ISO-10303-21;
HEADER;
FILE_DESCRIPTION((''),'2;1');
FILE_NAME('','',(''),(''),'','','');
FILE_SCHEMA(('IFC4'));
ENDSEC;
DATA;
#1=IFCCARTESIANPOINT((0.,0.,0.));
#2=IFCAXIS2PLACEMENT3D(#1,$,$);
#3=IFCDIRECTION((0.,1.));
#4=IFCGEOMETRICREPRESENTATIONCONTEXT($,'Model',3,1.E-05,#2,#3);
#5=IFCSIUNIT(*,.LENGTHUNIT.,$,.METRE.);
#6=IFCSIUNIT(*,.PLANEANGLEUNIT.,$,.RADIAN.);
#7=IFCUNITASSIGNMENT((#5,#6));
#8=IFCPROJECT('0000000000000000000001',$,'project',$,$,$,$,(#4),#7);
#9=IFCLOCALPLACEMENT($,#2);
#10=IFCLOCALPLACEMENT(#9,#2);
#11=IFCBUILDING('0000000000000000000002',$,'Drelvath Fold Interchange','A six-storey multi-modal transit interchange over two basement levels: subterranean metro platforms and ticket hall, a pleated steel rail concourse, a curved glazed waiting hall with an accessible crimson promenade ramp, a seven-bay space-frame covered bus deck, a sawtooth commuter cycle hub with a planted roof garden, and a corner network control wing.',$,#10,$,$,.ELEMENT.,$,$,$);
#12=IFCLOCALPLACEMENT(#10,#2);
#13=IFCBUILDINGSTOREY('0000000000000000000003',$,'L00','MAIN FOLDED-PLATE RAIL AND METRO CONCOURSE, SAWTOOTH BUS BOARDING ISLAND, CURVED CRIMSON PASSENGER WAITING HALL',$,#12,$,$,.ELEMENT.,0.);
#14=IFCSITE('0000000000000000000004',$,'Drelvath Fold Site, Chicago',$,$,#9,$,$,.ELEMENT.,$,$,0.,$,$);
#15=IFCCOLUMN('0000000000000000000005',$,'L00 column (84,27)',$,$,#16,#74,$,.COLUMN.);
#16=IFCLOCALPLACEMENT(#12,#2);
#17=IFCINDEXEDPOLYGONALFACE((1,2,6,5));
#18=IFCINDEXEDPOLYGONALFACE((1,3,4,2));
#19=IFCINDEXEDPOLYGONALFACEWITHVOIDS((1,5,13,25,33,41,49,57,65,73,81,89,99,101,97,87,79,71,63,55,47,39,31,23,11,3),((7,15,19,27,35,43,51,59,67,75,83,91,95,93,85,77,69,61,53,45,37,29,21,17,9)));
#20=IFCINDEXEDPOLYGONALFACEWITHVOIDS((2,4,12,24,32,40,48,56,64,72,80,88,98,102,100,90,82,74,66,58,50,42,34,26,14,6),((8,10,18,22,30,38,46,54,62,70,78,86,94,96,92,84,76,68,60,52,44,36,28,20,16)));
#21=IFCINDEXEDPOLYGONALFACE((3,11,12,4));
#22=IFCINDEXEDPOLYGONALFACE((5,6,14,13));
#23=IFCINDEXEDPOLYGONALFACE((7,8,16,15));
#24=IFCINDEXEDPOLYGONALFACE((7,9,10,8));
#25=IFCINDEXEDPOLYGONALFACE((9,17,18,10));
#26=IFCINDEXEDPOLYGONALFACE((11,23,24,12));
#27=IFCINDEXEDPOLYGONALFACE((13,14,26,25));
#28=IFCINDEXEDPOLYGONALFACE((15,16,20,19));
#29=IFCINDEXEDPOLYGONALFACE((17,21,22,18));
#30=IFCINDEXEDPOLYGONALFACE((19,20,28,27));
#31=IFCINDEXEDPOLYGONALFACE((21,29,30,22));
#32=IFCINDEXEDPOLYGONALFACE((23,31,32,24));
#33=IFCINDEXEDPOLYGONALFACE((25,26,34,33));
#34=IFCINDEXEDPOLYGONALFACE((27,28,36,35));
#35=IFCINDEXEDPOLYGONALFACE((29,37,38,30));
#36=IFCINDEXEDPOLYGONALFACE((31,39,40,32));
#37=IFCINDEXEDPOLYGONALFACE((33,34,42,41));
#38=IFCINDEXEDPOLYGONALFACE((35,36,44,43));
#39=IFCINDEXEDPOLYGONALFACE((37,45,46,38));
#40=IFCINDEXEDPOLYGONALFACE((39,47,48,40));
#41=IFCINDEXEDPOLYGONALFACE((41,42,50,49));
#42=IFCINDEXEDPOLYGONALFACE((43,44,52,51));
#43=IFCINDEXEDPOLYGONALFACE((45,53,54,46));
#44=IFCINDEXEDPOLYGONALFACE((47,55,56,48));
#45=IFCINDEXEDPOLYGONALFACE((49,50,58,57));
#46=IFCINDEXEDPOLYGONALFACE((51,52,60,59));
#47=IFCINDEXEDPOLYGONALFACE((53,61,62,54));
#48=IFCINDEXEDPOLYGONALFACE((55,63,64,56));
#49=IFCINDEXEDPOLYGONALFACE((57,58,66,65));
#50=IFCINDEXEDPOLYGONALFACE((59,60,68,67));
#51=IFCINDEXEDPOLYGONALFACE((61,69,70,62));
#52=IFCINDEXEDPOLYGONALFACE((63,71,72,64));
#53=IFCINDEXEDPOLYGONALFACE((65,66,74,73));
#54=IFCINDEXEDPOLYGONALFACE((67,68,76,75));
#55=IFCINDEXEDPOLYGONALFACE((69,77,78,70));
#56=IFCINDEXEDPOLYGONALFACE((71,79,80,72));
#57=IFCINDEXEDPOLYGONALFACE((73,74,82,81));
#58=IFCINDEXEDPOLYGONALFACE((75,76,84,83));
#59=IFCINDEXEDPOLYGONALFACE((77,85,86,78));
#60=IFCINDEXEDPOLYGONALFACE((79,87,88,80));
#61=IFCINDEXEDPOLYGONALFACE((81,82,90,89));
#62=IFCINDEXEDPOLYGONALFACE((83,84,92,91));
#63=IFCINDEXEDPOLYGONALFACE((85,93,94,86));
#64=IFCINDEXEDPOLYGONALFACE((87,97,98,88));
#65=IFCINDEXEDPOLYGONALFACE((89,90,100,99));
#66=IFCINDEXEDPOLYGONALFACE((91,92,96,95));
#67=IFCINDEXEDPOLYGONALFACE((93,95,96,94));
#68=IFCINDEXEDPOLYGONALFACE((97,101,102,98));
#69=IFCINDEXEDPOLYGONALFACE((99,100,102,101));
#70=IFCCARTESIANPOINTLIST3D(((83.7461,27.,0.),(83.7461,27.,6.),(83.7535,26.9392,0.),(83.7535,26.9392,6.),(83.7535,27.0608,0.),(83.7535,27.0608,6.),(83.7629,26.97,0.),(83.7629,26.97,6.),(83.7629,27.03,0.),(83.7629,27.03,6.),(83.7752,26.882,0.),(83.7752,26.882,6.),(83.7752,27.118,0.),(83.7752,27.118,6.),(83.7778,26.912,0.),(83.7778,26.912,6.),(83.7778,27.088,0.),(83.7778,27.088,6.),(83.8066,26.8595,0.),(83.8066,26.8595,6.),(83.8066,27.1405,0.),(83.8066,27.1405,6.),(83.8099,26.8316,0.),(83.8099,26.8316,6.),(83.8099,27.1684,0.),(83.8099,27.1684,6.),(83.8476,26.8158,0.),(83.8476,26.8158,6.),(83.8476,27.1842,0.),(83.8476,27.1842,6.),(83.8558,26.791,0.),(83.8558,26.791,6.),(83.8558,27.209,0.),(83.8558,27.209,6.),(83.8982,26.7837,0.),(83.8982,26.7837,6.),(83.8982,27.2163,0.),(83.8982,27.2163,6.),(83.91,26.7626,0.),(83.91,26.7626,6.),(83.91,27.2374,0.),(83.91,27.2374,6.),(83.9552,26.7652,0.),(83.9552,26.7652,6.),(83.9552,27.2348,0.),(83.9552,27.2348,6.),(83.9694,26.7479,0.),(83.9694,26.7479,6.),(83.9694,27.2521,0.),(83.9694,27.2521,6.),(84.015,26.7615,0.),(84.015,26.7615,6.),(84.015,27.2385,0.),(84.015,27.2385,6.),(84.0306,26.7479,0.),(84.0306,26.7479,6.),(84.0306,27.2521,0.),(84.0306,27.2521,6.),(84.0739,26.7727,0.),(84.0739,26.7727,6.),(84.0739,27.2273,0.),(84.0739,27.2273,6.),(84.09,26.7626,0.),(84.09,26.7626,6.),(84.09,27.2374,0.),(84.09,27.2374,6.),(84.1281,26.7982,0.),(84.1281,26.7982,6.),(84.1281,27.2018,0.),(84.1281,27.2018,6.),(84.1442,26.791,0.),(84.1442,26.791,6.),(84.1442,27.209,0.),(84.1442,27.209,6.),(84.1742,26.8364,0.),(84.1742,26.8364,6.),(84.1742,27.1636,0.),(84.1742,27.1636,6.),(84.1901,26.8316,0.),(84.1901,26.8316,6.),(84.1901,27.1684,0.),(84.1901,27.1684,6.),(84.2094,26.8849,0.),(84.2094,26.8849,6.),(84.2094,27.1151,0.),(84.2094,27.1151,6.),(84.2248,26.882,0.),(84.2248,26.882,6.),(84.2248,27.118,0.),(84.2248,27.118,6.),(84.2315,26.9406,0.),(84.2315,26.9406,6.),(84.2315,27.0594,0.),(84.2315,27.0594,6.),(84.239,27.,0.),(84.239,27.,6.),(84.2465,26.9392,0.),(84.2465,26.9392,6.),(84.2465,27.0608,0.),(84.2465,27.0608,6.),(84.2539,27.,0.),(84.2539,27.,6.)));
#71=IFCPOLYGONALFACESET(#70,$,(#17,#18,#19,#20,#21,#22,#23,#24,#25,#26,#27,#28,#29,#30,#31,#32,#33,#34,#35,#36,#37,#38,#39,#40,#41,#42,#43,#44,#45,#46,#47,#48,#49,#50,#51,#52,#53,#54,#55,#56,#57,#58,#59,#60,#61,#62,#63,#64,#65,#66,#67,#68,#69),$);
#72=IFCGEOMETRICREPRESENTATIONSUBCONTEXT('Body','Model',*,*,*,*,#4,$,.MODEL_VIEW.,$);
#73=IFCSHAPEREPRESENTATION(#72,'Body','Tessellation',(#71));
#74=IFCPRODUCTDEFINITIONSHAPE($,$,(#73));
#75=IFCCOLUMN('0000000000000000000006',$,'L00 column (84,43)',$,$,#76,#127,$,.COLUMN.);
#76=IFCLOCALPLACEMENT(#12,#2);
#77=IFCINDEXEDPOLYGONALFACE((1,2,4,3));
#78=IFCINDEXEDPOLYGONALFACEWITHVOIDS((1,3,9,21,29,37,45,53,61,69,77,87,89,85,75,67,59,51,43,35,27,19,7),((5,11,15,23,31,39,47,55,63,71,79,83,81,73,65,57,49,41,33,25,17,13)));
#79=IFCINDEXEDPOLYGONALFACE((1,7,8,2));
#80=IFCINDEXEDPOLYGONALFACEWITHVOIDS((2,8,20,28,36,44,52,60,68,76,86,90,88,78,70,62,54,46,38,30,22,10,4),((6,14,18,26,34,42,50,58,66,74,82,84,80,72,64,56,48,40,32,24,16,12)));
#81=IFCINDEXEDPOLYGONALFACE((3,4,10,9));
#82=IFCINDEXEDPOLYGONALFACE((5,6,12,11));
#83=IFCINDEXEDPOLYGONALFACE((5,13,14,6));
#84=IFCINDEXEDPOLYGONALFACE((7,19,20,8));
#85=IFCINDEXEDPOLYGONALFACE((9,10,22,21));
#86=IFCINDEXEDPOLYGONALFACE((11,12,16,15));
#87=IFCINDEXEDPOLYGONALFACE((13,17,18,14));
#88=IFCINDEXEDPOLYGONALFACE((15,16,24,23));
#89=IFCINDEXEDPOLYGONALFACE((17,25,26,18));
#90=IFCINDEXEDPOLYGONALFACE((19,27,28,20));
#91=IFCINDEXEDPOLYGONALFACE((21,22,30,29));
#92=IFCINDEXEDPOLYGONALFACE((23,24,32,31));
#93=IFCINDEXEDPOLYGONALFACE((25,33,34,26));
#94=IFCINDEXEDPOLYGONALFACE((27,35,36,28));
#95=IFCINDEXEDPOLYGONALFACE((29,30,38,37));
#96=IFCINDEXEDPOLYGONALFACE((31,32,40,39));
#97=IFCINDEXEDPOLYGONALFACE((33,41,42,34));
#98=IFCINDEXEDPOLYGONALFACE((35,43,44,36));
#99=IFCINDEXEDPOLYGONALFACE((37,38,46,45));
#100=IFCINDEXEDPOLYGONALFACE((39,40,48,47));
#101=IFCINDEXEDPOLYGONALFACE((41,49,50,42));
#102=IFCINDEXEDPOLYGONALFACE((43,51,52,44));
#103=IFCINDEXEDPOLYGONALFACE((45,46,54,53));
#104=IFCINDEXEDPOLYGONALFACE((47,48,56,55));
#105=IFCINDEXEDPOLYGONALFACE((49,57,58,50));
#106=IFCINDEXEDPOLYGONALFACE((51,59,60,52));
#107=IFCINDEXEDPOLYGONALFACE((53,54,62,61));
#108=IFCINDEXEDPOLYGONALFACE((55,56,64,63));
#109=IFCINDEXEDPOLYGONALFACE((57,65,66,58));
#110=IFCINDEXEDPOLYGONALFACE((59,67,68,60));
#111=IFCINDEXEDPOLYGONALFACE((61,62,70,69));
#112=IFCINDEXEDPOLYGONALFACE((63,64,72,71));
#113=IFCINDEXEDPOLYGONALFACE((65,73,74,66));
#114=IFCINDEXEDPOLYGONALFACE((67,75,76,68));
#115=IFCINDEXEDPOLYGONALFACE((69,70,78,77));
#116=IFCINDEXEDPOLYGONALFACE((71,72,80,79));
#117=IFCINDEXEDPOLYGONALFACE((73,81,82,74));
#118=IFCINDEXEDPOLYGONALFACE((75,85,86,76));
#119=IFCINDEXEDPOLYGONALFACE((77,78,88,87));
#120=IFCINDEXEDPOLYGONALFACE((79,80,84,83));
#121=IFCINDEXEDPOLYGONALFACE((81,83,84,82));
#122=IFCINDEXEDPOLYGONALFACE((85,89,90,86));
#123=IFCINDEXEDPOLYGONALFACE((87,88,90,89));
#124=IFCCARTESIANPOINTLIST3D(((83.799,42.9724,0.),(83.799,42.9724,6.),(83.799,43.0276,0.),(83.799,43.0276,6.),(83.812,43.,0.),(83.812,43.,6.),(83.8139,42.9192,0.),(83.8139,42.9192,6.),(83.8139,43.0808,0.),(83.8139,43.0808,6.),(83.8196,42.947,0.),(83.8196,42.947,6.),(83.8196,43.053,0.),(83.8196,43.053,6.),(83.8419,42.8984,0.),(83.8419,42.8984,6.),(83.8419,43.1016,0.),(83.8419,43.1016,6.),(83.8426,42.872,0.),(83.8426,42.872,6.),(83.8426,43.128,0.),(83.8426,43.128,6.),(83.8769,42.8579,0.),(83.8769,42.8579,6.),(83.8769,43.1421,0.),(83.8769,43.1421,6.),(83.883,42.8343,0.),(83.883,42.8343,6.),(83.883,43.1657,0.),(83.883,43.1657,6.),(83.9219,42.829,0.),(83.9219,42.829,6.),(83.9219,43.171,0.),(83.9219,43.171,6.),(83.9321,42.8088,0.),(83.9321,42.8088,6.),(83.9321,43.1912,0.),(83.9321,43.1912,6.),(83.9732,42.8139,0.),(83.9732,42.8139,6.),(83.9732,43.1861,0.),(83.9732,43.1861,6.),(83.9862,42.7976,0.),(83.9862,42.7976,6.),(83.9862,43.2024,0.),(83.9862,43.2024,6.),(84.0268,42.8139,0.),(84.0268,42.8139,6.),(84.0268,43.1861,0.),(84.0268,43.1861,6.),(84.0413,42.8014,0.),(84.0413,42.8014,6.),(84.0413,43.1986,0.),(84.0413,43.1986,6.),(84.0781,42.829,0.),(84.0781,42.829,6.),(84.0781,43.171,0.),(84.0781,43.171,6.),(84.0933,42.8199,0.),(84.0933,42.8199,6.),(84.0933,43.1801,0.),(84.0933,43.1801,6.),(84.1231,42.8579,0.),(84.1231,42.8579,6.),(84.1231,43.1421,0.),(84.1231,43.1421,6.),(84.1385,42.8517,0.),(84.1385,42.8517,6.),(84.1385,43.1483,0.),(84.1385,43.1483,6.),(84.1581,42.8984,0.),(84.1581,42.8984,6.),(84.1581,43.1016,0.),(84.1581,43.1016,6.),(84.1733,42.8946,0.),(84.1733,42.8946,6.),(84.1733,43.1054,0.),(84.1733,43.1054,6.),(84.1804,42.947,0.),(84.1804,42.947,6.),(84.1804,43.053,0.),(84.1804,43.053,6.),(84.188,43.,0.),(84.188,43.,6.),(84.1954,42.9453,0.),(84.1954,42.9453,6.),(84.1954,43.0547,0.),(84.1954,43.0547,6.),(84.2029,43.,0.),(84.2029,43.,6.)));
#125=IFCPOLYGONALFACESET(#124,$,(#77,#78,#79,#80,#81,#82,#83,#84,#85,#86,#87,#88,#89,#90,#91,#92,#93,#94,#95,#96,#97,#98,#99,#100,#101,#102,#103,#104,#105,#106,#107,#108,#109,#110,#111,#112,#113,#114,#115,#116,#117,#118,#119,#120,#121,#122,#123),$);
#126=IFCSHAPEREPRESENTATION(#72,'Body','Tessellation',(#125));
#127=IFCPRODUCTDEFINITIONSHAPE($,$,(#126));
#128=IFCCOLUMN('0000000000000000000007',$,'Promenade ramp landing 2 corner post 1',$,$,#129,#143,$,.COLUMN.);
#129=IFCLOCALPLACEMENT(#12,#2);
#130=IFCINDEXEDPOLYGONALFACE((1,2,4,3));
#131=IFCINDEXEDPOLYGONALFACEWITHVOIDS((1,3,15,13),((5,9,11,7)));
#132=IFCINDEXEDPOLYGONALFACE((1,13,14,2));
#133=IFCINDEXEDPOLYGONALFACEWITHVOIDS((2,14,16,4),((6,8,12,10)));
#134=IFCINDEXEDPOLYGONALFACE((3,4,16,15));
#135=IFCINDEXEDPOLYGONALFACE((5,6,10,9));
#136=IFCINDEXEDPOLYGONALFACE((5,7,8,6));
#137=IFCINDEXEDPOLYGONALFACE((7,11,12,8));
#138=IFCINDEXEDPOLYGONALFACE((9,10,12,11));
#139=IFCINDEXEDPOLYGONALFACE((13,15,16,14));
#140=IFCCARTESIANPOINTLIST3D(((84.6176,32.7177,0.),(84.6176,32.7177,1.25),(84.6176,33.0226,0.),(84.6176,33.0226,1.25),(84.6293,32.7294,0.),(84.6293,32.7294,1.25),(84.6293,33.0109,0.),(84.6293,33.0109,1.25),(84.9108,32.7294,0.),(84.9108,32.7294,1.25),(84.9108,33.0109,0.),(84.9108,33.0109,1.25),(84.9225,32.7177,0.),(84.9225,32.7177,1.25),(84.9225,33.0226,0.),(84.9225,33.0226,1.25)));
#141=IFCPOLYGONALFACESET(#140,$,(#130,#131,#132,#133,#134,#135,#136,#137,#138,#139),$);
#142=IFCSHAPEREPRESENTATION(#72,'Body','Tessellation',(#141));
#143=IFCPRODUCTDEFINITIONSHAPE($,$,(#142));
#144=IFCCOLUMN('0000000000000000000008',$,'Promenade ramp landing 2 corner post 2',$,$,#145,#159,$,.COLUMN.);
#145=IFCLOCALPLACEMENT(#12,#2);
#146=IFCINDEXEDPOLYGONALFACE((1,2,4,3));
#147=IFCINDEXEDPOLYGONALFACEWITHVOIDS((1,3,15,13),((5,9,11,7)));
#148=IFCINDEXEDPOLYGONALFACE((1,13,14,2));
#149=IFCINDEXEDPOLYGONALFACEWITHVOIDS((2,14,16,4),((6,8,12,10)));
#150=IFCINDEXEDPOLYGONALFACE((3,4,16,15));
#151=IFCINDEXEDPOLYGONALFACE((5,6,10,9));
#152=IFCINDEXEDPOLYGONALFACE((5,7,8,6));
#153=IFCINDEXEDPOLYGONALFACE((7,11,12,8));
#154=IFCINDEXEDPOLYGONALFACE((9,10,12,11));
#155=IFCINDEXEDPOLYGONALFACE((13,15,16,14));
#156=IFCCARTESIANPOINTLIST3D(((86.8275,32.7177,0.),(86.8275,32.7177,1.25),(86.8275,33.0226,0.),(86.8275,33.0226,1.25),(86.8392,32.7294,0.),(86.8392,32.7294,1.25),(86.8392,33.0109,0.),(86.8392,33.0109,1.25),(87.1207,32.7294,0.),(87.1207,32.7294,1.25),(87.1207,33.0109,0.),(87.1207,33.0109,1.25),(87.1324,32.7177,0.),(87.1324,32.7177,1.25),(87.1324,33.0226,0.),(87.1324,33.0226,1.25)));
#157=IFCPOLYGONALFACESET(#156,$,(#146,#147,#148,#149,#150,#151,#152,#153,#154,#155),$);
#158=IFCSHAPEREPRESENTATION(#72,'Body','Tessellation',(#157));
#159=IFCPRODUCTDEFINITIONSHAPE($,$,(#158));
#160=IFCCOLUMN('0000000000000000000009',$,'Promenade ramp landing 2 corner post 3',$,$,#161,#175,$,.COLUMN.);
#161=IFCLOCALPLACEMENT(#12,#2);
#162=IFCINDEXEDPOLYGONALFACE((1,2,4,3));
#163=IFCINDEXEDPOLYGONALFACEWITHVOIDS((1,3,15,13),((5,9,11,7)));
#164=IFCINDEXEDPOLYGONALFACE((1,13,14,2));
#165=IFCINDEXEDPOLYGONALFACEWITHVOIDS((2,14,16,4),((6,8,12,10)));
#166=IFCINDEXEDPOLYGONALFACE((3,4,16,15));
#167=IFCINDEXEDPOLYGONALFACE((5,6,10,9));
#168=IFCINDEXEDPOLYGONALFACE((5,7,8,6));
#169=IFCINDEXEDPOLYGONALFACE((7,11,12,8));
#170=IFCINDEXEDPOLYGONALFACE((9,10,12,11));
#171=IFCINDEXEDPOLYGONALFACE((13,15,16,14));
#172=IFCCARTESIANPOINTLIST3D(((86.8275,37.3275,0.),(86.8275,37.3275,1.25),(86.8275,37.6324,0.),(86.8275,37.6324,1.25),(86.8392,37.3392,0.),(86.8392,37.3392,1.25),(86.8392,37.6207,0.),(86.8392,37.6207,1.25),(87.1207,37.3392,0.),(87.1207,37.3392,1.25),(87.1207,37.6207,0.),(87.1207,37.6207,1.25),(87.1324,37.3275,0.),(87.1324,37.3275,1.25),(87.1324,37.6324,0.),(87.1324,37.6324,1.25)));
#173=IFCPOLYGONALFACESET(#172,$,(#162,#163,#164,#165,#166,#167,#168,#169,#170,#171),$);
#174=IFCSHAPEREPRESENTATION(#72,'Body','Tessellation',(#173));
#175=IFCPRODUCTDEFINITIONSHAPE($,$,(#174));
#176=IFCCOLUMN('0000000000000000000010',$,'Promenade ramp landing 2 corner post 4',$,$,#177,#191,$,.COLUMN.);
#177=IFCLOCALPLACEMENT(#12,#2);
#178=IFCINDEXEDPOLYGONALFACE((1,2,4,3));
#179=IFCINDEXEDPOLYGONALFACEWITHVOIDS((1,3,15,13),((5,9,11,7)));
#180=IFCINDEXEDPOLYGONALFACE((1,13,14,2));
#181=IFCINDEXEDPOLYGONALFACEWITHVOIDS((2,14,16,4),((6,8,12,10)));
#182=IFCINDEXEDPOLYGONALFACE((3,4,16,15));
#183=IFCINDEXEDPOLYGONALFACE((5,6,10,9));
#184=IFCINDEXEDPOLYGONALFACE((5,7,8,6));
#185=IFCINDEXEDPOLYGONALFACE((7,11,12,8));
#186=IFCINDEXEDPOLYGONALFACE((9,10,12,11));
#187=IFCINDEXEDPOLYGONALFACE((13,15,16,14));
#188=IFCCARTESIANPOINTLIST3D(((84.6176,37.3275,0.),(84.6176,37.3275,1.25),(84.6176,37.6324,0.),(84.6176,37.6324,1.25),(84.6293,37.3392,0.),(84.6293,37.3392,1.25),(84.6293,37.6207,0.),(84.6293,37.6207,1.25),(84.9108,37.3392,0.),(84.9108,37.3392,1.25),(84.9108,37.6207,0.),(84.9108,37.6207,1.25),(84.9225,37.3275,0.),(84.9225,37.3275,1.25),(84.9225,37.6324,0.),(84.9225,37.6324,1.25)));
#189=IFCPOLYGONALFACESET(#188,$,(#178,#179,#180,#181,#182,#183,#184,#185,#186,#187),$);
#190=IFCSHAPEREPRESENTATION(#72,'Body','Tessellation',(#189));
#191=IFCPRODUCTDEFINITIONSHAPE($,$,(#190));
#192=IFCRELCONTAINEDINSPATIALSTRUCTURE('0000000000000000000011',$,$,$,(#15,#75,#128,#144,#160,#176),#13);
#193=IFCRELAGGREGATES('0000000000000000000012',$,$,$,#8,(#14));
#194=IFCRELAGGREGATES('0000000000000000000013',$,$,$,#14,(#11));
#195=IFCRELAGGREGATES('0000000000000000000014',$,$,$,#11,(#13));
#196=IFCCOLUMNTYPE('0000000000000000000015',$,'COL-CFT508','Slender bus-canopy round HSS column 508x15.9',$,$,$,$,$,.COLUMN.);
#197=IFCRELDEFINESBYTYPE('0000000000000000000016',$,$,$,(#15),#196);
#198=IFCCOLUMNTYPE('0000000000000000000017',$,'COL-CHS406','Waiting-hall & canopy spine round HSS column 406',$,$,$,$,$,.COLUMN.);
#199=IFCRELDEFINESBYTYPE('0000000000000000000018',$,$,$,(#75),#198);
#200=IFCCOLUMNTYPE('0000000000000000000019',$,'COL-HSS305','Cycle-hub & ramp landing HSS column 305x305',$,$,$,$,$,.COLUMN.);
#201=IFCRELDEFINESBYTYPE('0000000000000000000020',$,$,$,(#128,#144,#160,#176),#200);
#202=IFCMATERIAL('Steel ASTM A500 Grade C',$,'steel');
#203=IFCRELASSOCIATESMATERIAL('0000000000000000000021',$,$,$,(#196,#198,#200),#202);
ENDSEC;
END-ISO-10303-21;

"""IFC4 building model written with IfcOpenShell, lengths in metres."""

from ifc_helpers import new_model, si_unit, direction, frame, origin, origin_2d, place, context, subcontext, project, spatial, hollow_rectangle, hollow_circle, extrude, material, material_profile, profile_set, type_object, element, save


model = new_model("IFC4")

# Units and contexts
model_context = context("Model", 3, precision=1e-05, world=origin(), true_north=direction((0.0, 1.0)))
body_context = subcontext(model_context, "Body", "Model", "MODEL_VIEW")
ifc_project = project(units=[si_unit("LENGTHUNIT", "METRE"), si_unit("PLANEANGLEUNIT", "RADIAN")], contexts=[model_context])

# Site, building, storey
site_placement = place(None, origin())
site = spatial("IfcSite", under=ifc_project, at=site_placement, Name="Drelvath Fold Site, Chicago", CompositionType="ELEMENT", RefElevation=0.0)
building_placement = place(site_placement, origin())
building = spatial("IfcBuilding", under=site, at=building_placement, Name="Drelvath Fold Interchange", Description="A six-storey multi-modal transit interchange over two basement levels: subterranean metro platforms and ticket hall, a pleated steel rail concourse, a curved glazed waiting hall with an accessible crimson promenade ramp, a seven-bay space-frame covered bus deck, a sawtooth commuter cycle hub with a planted roof garden, and a corner network control wing.", CompositionType="ELEMENT")
storey_placement = place(building_placement, origin())
storey = spatial("IfcBuildingStorey", under=building, at=storey_placement, Name="L00", Description="MAIN FOLDED-PLATE RAIL AND METRO CONCOURSE, SAWTOOTH BUS BOARDING ISLAND, CURVED CRIMSON PASSENGER WAITING HALL", CompositionType="ELEMENT", Elevation=0.0)

# Columns
ifc_material_1 = material(Name="Steel ASTM A500 Grade C", Category="steel")
ifc_material_profile_1 = material_profile(ifc_material_1, hollow_circle(Radius=0.2539, WallThickness=0.0149, at=origin_2d()), Name="HSS20.000X0.625")
ifc_profile_set_1 = profile_set([ifc_material_profile_1], Name="Steel ASTM A500 Grade C")
column_type_1 = type_object("IfcColumnType", Name="COL-CFT508", Description="Slender bus-canopy round HSS column 508x15.9", PredefinedType="COLUMN", material=ifc_profile_set_1)
column_1_placement = place(storey_placement, frame((84.0, 27.0, 0.0), z_axis=(0.0, 0.0, 1.0), x_axis=(1.0, 0.0, 0.0)))
element("IfcColumn", 1, at=column_1_placement, inside=storey, type_object=column_type_1, Name="L00 column (84,27)", PredefinedType="COLUMN", context=body_context, shape_type="SweptSolid", body=[
    extrude(hollow_circle(Radius=0.2539, WallThickness=0.0149, at=origin_2d()), origin(), (0.0, 0.0, 1.0), 6.0),
])
ifc_material_profile_2 = material_profile(ifc_material_1, hollow_circle(Radius=0.2029, WallThickness=0.0149, at=origin_2d()), Name="HSS16.000X0.625")
ifc_profile_set_2 = profile_set([ifc_material_profile_2], Name="Steel ASTM A500 Grade C")
column_type_2 = type_object("IfcColumnType", Name="COL-CHS406", Description="Waiting-hall & canopy spine round HSS column 406", PredefinedType="COLUMN", material=ifc_profile_set_2)
column_2_placement = place(storey_placement, frame((84.0, 43.0, 0.0), z_axis=(0.0, 0.0, 1.0), x_axis=(1.0, 0.0, 0.0)))
element("IfcColumn", 2, at=column_2_placement, inside=storey, type_object=column_type_2, Name="L00 column (84,43)", PredefinedType="COLUMN", context=body_context, shape_type="SweptSolid", body=[
    extrude(hollow_circle(Radius=0.2029, WallThickness=0.0149, at=origin_2d()), origin(), (0.0, 0.0, 1.0), 6.0),
])
ifc_material_profile_3 = material_profile(ifc_material_1, hollow_rectangle(XDim=0.3049, YDim=0.3049, WallThickness=0.0117, at=origin_2d()), Name="HSS12X12X1/2")
ifc_profile_set_3 = profile_set([ifc_material_profile_3], Name="Steel ASTM A500 Grade C")
column_type_3 = type_object("IfcColumnType", Name="COL-HSS305", Description="Cycle-hub & ramp landing HSS column 305x305", PredefinedType="COLUMN", material=ifc_profile_set_3)
for number, where, z_axis, x_axis, name in (
    (3, (84.77, 32.8701, 0.0), (0.0, 0.0, 1.0), (1.0, 0.0, 0.0), "Promenade ramp landing 2 corner post 1"),
    (4, (86.98, 32.8701, 0.0), (0.0, 0.0, 1.0), (1.0, 0.0, 0.0), "Promenade ramp landing 2 corner post 2"),
    (5, (86.98, 37.48, 0.0), (0.0, 0.0, 1.0), (1.0, 0.0, 0.0), "Promenade ramp landing 2 corner post 3"),
    (6, (84.77, 37.48, 0.0), (0.0, 0.0, 1.0), (1.0, 0.0, 0.0), "Promenade ramp landing 2 corner post 4"),
):
    element("IfcColumn", number, at=place(storey_placement, frame(where, z_axis=z_axis, x_axis=x_axis)), inside=storey, type_object=column_type_3, Name=name, PredefinedType="COLUMN", context=body_context, shape_type="SweptSolid", body=[
        extrude(hollow_rectangle(XDim=0.3049, YDim=0.3049, WallThickness=0.0117, at=origin_2d()), origin(), (0.0, 0.0, 1.0), 1.25),
    ])

save(model, "model.ifc")
